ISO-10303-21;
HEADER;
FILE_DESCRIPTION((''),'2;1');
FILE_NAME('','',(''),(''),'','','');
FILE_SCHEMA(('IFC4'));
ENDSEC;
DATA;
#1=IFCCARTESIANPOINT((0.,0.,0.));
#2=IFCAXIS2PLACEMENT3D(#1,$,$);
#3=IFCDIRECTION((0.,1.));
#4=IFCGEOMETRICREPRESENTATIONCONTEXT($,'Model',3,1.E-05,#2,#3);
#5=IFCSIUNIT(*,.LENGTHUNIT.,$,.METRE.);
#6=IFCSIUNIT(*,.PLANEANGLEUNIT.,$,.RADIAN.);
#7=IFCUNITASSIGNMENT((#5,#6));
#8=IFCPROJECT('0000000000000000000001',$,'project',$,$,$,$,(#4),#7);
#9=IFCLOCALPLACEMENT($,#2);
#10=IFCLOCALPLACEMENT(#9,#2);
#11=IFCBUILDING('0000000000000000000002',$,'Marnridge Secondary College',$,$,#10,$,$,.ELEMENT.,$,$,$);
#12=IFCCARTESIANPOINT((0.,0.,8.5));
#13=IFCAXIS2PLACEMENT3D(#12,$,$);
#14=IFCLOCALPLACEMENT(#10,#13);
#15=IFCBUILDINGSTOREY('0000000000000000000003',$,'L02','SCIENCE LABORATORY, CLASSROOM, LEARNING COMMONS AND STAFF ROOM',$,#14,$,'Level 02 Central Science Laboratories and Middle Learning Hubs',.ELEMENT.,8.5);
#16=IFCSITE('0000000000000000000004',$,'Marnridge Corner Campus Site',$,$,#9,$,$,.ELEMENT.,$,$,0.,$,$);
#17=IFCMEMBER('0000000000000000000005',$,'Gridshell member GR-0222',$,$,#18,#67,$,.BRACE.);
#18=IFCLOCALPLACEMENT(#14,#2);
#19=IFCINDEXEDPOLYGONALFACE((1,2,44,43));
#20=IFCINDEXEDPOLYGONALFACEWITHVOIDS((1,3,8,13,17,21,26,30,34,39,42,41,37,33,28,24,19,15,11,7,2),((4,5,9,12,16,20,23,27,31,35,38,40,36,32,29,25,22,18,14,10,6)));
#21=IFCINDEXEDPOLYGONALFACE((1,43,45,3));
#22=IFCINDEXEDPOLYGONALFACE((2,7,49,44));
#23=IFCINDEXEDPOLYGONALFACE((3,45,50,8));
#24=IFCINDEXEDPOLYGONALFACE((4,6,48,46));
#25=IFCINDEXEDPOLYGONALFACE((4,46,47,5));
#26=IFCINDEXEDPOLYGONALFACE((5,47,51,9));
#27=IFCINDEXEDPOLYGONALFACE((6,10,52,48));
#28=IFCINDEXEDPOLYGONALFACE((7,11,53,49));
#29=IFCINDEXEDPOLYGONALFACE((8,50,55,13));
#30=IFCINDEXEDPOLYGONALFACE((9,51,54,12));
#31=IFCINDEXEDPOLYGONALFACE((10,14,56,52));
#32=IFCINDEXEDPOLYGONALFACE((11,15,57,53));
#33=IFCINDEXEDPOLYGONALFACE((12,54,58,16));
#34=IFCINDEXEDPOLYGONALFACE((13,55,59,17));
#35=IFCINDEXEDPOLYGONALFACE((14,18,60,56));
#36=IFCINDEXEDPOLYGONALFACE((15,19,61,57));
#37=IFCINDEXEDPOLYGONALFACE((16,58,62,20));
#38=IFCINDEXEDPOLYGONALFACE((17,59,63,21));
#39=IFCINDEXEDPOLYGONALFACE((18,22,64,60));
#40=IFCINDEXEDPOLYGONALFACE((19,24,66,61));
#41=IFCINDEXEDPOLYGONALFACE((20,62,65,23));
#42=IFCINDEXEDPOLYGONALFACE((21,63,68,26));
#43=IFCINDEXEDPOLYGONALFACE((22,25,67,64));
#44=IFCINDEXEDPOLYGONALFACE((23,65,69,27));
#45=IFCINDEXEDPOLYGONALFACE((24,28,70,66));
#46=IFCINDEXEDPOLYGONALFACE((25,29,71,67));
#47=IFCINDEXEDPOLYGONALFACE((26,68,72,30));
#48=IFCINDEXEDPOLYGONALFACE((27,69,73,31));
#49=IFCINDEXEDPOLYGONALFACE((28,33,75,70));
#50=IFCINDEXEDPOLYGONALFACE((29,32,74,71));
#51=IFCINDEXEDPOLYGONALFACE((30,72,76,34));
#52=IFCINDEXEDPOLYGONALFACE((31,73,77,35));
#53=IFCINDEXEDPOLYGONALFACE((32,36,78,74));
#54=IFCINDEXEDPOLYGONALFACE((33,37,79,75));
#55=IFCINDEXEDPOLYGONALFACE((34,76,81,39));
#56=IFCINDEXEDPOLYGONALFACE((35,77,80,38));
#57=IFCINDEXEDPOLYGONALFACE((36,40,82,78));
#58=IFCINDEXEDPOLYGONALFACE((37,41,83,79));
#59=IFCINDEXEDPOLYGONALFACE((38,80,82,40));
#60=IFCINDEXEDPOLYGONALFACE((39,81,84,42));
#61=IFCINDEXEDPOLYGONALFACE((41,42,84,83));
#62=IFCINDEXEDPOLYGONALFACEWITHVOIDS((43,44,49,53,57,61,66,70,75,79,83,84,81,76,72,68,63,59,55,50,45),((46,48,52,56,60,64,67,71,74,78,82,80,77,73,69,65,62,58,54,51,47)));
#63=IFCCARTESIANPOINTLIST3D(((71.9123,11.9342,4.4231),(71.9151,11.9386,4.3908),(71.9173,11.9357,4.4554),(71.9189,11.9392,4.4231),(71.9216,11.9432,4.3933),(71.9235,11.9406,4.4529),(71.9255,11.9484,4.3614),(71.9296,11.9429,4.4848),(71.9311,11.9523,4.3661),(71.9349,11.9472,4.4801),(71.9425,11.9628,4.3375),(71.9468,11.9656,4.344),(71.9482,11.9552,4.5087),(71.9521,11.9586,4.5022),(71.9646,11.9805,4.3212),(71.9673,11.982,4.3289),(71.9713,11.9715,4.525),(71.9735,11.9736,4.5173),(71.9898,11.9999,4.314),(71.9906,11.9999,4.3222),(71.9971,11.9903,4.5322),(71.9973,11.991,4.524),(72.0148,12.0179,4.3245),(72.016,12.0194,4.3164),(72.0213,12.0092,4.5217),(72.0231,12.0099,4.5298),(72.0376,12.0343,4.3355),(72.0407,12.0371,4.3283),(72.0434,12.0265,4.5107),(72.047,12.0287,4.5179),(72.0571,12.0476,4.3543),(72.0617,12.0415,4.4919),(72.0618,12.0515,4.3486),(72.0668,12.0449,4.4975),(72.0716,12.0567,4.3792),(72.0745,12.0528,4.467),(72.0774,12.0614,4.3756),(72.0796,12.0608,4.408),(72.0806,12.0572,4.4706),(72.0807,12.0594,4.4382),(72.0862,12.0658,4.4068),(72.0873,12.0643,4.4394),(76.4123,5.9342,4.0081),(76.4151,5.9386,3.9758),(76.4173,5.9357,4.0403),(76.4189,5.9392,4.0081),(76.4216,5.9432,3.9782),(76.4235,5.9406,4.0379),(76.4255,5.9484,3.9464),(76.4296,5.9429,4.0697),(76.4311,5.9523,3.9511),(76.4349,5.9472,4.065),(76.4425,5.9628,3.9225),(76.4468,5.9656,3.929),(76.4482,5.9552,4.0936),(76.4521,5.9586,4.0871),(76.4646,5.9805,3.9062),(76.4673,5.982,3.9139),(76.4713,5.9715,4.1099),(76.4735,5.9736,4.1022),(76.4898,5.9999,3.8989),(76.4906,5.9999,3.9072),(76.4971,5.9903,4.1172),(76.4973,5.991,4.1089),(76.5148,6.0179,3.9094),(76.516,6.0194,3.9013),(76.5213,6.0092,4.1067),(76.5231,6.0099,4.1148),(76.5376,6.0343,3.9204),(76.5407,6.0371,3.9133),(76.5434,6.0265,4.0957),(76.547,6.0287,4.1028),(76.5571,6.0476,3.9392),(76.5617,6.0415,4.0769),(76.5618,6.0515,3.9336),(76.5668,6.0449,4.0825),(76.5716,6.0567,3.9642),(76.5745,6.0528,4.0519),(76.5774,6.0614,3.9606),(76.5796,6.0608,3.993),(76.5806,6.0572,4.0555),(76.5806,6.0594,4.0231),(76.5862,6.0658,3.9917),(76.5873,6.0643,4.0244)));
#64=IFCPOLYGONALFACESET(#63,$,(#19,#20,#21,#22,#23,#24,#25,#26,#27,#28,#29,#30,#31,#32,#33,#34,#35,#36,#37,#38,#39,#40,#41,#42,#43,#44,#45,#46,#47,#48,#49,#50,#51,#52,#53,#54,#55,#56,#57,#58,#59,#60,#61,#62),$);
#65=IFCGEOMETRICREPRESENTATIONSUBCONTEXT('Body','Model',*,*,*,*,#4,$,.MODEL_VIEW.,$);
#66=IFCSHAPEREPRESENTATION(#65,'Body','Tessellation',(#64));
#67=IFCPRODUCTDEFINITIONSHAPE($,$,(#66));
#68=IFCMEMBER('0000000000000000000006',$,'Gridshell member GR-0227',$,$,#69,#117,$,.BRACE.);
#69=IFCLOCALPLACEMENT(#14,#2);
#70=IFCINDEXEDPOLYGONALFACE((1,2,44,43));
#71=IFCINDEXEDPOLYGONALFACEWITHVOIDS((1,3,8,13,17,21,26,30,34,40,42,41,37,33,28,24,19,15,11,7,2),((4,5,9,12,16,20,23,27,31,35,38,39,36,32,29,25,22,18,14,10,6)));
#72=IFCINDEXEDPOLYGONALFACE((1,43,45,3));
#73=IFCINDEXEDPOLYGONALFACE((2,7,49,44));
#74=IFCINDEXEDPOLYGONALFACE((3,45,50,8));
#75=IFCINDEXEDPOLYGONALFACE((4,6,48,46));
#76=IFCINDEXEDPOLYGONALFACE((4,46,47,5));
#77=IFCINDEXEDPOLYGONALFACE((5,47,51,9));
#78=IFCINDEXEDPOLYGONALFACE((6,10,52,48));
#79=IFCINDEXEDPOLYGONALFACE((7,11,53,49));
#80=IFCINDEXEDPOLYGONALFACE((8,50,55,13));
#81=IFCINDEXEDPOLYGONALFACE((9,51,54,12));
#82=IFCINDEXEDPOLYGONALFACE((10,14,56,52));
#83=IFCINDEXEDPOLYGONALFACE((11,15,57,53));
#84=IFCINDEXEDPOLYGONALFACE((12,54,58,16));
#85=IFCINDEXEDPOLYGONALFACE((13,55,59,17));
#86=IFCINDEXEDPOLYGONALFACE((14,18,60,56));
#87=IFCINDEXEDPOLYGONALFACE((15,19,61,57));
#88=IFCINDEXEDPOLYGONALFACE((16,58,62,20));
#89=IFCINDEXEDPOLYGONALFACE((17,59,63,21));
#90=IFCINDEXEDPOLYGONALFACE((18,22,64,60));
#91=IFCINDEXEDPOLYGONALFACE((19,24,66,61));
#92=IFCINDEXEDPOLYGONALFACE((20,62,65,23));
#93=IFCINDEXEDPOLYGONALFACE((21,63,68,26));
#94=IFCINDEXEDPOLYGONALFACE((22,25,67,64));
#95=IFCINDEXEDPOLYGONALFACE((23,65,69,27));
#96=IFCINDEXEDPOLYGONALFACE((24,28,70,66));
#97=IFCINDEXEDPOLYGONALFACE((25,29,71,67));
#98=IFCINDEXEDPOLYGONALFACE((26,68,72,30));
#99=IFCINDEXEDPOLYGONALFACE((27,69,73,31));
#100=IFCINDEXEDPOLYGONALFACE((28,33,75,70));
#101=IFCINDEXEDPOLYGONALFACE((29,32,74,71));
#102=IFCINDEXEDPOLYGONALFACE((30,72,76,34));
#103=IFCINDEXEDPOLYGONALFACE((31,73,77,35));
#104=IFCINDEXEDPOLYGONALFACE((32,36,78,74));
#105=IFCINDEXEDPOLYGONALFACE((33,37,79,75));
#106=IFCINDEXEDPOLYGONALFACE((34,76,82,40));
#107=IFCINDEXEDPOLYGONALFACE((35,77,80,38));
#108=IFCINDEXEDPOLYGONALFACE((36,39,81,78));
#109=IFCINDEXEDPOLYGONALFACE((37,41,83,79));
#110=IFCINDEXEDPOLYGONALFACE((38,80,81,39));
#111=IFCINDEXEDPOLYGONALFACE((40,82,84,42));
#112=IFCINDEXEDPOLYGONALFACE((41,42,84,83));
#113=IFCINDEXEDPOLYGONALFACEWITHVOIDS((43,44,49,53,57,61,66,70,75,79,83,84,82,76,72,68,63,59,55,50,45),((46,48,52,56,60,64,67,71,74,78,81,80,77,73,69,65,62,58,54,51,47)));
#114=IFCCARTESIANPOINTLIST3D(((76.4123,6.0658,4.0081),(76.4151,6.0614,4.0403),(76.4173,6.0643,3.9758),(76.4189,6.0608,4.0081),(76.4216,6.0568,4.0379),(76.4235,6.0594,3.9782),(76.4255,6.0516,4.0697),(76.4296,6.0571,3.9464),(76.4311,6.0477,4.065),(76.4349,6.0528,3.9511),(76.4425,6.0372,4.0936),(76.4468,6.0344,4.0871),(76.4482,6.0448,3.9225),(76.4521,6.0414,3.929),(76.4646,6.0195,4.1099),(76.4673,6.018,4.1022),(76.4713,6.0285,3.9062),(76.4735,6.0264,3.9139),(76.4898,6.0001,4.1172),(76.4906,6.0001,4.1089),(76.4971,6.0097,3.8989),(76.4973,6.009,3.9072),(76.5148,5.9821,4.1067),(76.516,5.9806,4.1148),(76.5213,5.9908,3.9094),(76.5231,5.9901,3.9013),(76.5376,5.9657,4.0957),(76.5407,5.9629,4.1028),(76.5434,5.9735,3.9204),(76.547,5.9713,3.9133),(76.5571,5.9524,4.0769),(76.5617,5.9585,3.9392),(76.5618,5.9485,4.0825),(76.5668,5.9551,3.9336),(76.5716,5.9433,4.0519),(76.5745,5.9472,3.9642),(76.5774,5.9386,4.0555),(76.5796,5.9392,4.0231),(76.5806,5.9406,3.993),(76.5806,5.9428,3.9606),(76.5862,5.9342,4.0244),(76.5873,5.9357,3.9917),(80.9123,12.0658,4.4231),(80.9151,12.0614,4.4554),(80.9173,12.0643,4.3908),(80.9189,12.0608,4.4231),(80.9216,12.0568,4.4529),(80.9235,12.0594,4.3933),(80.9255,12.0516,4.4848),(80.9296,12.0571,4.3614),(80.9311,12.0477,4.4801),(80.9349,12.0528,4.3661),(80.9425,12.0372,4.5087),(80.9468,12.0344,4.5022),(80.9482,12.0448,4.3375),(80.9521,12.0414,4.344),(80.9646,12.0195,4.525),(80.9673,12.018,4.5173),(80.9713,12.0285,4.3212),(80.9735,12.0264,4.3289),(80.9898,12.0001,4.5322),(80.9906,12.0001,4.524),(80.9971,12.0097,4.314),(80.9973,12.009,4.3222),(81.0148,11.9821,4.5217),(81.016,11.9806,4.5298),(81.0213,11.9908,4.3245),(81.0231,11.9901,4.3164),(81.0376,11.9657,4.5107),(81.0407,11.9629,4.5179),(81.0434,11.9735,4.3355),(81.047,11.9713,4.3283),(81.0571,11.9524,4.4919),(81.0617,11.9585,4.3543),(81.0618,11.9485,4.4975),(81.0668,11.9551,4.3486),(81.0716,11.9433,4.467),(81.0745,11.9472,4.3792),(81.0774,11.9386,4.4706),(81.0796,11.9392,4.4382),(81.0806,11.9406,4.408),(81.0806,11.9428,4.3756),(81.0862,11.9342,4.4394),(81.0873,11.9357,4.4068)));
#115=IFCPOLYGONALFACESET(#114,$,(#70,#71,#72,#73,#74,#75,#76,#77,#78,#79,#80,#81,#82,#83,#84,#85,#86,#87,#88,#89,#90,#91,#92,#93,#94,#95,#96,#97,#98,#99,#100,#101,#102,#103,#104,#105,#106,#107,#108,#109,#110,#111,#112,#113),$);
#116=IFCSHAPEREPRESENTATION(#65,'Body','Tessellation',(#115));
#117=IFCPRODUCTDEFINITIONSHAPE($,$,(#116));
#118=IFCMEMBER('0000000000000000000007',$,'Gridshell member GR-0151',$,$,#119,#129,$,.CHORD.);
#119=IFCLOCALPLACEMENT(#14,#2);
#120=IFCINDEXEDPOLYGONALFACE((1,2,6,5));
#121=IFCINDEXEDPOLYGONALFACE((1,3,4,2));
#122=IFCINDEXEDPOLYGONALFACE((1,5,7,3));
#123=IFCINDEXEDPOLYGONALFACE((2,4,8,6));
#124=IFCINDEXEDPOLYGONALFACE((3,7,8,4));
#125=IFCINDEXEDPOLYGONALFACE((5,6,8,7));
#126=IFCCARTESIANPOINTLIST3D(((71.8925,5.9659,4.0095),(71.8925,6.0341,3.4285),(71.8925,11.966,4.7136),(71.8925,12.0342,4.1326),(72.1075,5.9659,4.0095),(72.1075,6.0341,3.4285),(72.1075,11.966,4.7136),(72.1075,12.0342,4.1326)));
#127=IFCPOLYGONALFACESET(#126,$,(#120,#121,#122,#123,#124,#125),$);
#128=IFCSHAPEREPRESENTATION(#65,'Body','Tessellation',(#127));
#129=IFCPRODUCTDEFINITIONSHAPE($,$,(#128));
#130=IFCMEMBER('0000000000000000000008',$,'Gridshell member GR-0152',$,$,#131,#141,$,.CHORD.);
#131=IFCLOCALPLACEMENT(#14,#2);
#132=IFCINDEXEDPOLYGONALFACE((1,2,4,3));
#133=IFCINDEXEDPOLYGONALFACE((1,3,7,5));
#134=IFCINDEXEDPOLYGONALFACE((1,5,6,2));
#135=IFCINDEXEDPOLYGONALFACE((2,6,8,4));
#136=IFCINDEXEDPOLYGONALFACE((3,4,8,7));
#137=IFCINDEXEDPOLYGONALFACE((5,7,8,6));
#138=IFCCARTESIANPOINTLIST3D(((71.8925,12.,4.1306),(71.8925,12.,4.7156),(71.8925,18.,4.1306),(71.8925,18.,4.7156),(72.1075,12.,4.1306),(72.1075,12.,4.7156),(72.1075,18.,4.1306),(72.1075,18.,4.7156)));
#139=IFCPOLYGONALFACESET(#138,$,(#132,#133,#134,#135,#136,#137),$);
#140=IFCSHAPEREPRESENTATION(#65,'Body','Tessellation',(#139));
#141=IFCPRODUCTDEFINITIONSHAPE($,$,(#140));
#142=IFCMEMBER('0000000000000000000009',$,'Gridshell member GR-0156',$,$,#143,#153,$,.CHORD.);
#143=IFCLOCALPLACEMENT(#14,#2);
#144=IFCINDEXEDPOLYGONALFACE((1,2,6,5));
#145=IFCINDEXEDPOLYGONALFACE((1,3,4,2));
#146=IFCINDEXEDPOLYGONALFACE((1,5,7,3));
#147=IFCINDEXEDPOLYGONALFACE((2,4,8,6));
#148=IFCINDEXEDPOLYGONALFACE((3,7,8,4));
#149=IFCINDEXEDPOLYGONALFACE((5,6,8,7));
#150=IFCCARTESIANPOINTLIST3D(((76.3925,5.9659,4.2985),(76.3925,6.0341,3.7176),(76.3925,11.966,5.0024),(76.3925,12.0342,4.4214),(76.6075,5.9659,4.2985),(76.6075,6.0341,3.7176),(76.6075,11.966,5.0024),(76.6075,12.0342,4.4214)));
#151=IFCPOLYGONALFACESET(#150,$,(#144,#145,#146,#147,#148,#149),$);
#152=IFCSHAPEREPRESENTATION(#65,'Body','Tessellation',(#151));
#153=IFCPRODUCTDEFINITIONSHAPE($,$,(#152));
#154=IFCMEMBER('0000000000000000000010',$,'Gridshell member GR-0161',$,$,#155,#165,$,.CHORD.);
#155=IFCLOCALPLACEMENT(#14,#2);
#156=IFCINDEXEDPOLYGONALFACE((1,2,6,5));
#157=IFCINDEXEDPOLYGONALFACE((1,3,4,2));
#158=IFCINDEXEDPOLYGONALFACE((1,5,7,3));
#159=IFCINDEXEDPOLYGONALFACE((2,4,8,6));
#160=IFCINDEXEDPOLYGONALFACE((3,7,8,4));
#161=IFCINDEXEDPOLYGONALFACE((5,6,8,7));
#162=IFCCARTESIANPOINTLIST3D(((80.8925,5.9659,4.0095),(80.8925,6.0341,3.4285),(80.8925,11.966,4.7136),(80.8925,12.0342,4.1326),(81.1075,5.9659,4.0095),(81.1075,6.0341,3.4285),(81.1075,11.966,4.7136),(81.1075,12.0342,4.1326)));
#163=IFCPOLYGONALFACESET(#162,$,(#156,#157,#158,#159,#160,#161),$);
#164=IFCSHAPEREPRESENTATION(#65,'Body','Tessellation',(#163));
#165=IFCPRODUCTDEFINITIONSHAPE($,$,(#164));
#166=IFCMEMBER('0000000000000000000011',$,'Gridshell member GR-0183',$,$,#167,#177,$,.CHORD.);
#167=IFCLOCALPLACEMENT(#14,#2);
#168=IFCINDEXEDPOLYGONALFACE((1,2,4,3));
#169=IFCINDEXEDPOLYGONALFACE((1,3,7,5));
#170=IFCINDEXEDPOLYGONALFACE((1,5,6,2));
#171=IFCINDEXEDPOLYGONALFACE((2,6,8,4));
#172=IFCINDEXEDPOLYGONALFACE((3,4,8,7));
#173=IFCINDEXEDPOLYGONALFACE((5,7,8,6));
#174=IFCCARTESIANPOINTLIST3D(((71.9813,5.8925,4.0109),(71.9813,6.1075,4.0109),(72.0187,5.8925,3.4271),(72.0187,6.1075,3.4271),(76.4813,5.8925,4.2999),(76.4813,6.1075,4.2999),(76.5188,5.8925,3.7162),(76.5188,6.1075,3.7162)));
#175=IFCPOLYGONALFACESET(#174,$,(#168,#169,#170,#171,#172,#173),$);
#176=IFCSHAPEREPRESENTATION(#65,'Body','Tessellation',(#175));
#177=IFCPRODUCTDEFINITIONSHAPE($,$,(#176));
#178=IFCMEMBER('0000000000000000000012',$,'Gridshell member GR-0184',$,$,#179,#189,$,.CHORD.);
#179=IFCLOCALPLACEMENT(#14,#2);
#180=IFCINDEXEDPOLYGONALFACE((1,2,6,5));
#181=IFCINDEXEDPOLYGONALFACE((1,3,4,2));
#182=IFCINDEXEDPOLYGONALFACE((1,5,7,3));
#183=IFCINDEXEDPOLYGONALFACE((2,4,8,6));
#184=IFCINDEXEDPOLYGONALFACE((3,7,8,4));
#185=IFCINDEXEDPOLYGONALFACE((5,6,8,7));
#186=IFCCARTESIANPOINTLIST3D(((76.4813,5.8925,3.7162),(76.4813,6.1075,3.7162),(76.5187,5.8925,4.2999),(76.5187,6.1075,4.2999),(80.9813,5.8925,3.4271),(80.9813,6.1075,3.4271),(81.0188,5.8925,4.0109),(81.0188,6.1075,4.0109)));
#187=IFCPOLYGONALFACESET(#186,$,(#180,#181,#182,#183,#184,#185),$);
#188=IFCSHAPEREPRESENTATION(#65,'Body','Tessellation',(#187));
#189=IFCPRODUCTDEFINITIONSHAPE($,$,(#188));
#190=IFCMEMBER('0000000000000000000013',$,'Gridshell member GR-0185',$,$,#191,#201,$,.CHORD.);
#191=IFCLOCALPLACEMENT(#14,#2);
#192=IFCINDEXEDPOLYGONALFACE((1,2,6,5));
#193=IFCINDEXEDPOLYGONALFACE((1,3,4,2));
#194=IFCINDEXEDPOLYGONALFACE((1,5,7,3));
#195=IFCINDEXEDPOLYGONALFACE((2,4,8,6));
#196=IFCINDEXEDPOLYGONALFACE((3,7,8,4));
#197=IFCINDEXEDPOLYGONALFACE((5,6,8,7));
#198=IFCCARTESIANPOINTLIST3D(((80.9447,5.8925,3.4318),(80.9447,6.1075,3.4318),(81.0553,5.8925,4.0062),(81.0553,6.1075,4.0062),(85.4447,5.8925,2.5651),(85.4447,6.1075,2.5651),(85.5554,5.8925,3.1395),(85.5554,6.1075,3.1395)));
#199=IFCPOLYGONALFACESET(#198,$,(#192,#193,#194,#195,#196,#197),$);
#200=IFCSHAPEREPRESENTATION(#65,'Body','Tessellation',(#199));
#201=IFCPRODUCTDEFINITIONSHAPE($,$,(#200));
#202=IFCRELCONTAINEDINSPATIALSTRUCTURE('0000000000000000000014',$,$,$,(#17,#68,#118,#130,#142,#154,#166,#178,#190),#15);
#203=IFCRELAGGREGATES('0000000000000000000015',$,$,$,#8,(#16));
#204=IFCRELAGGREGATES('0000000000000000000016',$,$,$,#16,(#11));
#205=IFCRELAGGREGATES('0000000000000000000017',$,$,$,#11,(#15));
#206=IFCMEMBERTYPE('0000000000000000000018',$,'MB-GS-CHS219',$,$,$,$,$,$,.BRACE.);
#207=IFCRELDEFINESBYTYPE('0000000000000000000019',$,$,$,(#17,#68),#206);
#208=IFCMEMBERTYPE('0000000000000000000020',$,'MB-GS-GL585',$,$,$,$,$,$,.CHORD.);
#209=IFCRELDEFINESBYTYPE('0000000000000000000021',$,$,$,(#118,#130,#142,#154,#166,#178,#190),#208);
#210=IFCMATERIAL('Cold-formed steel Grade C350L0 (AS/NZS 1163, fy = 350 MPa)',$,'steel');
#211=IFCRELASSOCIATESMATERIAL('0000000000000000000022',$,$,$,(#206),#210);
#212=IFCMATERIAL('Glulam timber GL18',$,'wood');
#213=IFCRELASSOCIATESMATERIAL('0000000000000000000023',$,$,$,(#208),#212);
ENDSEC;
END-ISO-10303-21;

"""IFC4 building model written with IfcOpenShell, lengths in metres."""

from ifc_helpers import new_model, si_unit, direction, frame, origin, origin_2d, place, context, subcontext, project, spatial, rectangle, hollow_circle, extrude, material, material_profile, profile_set, type_object, element, save


model = new_model("IFC4")

# Units and contexts
model_context = context("Model", 3, precision=1e-05, world=origin(), true_north=direction((0.0, 1.0)))
body_context = subcontext(model_context, "Body", "Model", "MODEL_VIEW")
ifc_project = project(units=[si_unit("LENGTHUNIT", "METRE"), si_unit("PLANEANGLEUNIT", "RADIAN")], contexts=[model_context])

# Site, building, storey
site_placement = place(None, origin())
site = spatial("IfcSite", under=ifc_project, at=site_placement, Name="Marnridge Corner Campus Site", CompositionType="ELEMENT", RefElevation=0.0)
building_placement = place(site_placement, origin())
building = spatial("IfcBuilding", under=site, at=building_placement, Name="Marnridge Secondary College", CompositionType="ELEMENT")
storey_placement = place(building_placement, frame((0.0, 0.0, 8.5)))
storey = spatial("IfcBuildingStorey", under=building, at=storey_placement, Name="L02", Description="SCIENCE LABORATORY, CLASSROOM, LEARNING COMMONS AND STAFF ROOM", LongName="Level 02 Central Science Laboratories and Middle Learning Hubs", CompositionType="ELEMENT", Elevation=8.5)

# Members
ifc_material_1 = material(Name="Cold-formed steel Grade C350L0 (AS/NZS 1163, fy = 350 MPa)", Category="steel")
ifc_material_profile_1 = material_profile(ifc_material_1, hollow_circle(Radius=0.1096, WallThickness=0.0083, at=origin_2d()), Name="219.1x8.2CHS")
ifc_profile_set_1 = profile_set([ifc_material_profile_1], Name="Cold-formed steel Grade C350L0 (AS/NZS 1163, fy = 350 MPa)")
member_type_1 = type_object("IfcMemberType", Name="MB-GS-CHS219", PredefinedType="BRACE", material=ifc_profile_set_1)
for number, where, z_axis, x_axis, name in (
    (1, (76.5, 6.0, 4.0081), (-0.599083, 0.798778, 0.055254), (-0.8, -0.6, 0.0), "Gridshell member GR-0222"),
    (2, (76.5, 6.0, 4.0081), (0.599083, 0.798778, 0.055254), (-0.8, 0.6, 0.0), "Gridshell member GR-0227"),
):
    element("IfcMember", number, at=place(storey_placement, frame(where, z_axis=z_axis, x_axis=x_axis)), inside=storey, type_object=member_type_1, Name=name, PredefinedType="BRACE", context=body_context, shape_type="SweptSolid", body=[
        extrude(hollow_circle(Radius=0.1096, WallThickness=0.0083, at=origin_2d()), origin(), (0.0, 0.0, 1.0), 7.5115),
    ])
ifc_material_2 = material(Name="Glulam timber GL18", Category="wood")
ifc_material_profile_2 = material_profile(ifc_material_2, rectangle(XDim=0.2151, YDim=0.585, at=origin_2d()), Name="GL18 215x585")
ifc_profile_set_2 = profile_set([ifc_material_profile_2], Name="Glulam timber GL18")
member_type_2 = type_object("IfcMemberType", Name="MB-GS-GL585", PredefinedType="CHORD", material=ifc_profile_set_2)
member_1_placement = place(storey_placement, frame((72.0, 6.0, 3.719), z_axis=(0.0, 0.993185, 0.11655), x_axis=(-1.0, 0.0, 0.0)))
element("IfcMember", 3, at=member_1_placement, inside=storey, type_object=member_type_2, Name="Gridshell member GR-0151", PredefinedType="CHORD", context=body_context, shape_type="SweptSolid", body=[
    extrude(rectangle(XDim=0.2151, YDim=0.585, at=origin_2d()), origin(), (0.0, 0.0, 1.0), 6.0413),
])
member_2_placement = place(storey_placement, frame((72.0, 12.0, 4.4231), z_axis=(0.0, 1.0, 0.0), x_axis=(-1.0, 0.0, 0.0)))
element("IfcMember", 4, at=member_2_placement, inside=storey, type_object=member_type_2, Name="Gridshell member GR-0152", PredefinedType="CHORD", context=body_context, shape_type="SweptSolid", body=[
    extrude(rectangle(XDim=0.2151, YDim=0.585, at=origin_2d()), origin(), (0.0, 0.0, 1.0), 6.0),
])
for number, where, z_axis, x_axis, name in (
    (5, (76.5, 6.0, 4.0081), (0.0, 0.993189, 0.116511), (-1.0, 0.0, 0.0), "Gridshell member GR-0156"),
    (6, (81.0, 6.0, 3.719), (0.0, 0.993185, 0.11655), (-1.0, 0.0, 0.0), "Gridshell member GR-0161"),
):
    element("IfcMember", number, at=place(storey_placement, frame(where, z_axis=z_axis, x_axis=x_axis)), inside=storey, type_object=member_type_2, Name=name, PredefinedType="CHORD", context=body_context, shape_type="SweptSolid", body=[
        extrude(rectangle(XDim=0.2151, YDim=0.585, at=origin_2d()), origin(), (0.0, 0.0, 1.0), 6.0413),
    ])
for number, where, z_axis, x_axis, name in (
    (7, (72.0, 6.0, 3.719), (0.997943, 0.0, 0.064104), (0.0, 1.0, 0.0), "Gridshell member GR-0183"),
    (8, (76.5, 6.0, 4.0081), (0.997943, 0.0, -0.064104), (0.0, 1.0, 0.0), "Gridshell member GR-0184"),
):
    element("IfcMember", number, at=place(storey_placement, frame(where, z_axis=z_axis, x_axis=x_axis)), inside=storey, type_object=member_type_2, Name=name, PredefinedType="CHORD", context=body_context, shape_type="SweptSolid", body=[
        extrude(rectangle(XDim=0.2151, YDim=0.585, at=origin_2d()), origin(), (0.0, 0.0, 1.0), 4.5093),
    ])
member_3_placement = place(storey_placement, frame((81.0, 6.0, 3.719), z_axis=(0.981953, 0.0, -0.189124), x_axis=(0.0, 1.0, 0.0)))
element("IfcMember", 9, at=member_3_placement, inside=storey, type_object=member_type_2, Name="Gridshell member GR-0185", PredefinedType="CHORD", context=body_context, shape_type="SweptSolid", body=[
    extrude(rectangle(XDim=0.2151, YDim=0.585, at=origin_2d()), origin(), (0.0, 0.0, 1.0), 4.5828),
])

save(model, "model.ifc")
